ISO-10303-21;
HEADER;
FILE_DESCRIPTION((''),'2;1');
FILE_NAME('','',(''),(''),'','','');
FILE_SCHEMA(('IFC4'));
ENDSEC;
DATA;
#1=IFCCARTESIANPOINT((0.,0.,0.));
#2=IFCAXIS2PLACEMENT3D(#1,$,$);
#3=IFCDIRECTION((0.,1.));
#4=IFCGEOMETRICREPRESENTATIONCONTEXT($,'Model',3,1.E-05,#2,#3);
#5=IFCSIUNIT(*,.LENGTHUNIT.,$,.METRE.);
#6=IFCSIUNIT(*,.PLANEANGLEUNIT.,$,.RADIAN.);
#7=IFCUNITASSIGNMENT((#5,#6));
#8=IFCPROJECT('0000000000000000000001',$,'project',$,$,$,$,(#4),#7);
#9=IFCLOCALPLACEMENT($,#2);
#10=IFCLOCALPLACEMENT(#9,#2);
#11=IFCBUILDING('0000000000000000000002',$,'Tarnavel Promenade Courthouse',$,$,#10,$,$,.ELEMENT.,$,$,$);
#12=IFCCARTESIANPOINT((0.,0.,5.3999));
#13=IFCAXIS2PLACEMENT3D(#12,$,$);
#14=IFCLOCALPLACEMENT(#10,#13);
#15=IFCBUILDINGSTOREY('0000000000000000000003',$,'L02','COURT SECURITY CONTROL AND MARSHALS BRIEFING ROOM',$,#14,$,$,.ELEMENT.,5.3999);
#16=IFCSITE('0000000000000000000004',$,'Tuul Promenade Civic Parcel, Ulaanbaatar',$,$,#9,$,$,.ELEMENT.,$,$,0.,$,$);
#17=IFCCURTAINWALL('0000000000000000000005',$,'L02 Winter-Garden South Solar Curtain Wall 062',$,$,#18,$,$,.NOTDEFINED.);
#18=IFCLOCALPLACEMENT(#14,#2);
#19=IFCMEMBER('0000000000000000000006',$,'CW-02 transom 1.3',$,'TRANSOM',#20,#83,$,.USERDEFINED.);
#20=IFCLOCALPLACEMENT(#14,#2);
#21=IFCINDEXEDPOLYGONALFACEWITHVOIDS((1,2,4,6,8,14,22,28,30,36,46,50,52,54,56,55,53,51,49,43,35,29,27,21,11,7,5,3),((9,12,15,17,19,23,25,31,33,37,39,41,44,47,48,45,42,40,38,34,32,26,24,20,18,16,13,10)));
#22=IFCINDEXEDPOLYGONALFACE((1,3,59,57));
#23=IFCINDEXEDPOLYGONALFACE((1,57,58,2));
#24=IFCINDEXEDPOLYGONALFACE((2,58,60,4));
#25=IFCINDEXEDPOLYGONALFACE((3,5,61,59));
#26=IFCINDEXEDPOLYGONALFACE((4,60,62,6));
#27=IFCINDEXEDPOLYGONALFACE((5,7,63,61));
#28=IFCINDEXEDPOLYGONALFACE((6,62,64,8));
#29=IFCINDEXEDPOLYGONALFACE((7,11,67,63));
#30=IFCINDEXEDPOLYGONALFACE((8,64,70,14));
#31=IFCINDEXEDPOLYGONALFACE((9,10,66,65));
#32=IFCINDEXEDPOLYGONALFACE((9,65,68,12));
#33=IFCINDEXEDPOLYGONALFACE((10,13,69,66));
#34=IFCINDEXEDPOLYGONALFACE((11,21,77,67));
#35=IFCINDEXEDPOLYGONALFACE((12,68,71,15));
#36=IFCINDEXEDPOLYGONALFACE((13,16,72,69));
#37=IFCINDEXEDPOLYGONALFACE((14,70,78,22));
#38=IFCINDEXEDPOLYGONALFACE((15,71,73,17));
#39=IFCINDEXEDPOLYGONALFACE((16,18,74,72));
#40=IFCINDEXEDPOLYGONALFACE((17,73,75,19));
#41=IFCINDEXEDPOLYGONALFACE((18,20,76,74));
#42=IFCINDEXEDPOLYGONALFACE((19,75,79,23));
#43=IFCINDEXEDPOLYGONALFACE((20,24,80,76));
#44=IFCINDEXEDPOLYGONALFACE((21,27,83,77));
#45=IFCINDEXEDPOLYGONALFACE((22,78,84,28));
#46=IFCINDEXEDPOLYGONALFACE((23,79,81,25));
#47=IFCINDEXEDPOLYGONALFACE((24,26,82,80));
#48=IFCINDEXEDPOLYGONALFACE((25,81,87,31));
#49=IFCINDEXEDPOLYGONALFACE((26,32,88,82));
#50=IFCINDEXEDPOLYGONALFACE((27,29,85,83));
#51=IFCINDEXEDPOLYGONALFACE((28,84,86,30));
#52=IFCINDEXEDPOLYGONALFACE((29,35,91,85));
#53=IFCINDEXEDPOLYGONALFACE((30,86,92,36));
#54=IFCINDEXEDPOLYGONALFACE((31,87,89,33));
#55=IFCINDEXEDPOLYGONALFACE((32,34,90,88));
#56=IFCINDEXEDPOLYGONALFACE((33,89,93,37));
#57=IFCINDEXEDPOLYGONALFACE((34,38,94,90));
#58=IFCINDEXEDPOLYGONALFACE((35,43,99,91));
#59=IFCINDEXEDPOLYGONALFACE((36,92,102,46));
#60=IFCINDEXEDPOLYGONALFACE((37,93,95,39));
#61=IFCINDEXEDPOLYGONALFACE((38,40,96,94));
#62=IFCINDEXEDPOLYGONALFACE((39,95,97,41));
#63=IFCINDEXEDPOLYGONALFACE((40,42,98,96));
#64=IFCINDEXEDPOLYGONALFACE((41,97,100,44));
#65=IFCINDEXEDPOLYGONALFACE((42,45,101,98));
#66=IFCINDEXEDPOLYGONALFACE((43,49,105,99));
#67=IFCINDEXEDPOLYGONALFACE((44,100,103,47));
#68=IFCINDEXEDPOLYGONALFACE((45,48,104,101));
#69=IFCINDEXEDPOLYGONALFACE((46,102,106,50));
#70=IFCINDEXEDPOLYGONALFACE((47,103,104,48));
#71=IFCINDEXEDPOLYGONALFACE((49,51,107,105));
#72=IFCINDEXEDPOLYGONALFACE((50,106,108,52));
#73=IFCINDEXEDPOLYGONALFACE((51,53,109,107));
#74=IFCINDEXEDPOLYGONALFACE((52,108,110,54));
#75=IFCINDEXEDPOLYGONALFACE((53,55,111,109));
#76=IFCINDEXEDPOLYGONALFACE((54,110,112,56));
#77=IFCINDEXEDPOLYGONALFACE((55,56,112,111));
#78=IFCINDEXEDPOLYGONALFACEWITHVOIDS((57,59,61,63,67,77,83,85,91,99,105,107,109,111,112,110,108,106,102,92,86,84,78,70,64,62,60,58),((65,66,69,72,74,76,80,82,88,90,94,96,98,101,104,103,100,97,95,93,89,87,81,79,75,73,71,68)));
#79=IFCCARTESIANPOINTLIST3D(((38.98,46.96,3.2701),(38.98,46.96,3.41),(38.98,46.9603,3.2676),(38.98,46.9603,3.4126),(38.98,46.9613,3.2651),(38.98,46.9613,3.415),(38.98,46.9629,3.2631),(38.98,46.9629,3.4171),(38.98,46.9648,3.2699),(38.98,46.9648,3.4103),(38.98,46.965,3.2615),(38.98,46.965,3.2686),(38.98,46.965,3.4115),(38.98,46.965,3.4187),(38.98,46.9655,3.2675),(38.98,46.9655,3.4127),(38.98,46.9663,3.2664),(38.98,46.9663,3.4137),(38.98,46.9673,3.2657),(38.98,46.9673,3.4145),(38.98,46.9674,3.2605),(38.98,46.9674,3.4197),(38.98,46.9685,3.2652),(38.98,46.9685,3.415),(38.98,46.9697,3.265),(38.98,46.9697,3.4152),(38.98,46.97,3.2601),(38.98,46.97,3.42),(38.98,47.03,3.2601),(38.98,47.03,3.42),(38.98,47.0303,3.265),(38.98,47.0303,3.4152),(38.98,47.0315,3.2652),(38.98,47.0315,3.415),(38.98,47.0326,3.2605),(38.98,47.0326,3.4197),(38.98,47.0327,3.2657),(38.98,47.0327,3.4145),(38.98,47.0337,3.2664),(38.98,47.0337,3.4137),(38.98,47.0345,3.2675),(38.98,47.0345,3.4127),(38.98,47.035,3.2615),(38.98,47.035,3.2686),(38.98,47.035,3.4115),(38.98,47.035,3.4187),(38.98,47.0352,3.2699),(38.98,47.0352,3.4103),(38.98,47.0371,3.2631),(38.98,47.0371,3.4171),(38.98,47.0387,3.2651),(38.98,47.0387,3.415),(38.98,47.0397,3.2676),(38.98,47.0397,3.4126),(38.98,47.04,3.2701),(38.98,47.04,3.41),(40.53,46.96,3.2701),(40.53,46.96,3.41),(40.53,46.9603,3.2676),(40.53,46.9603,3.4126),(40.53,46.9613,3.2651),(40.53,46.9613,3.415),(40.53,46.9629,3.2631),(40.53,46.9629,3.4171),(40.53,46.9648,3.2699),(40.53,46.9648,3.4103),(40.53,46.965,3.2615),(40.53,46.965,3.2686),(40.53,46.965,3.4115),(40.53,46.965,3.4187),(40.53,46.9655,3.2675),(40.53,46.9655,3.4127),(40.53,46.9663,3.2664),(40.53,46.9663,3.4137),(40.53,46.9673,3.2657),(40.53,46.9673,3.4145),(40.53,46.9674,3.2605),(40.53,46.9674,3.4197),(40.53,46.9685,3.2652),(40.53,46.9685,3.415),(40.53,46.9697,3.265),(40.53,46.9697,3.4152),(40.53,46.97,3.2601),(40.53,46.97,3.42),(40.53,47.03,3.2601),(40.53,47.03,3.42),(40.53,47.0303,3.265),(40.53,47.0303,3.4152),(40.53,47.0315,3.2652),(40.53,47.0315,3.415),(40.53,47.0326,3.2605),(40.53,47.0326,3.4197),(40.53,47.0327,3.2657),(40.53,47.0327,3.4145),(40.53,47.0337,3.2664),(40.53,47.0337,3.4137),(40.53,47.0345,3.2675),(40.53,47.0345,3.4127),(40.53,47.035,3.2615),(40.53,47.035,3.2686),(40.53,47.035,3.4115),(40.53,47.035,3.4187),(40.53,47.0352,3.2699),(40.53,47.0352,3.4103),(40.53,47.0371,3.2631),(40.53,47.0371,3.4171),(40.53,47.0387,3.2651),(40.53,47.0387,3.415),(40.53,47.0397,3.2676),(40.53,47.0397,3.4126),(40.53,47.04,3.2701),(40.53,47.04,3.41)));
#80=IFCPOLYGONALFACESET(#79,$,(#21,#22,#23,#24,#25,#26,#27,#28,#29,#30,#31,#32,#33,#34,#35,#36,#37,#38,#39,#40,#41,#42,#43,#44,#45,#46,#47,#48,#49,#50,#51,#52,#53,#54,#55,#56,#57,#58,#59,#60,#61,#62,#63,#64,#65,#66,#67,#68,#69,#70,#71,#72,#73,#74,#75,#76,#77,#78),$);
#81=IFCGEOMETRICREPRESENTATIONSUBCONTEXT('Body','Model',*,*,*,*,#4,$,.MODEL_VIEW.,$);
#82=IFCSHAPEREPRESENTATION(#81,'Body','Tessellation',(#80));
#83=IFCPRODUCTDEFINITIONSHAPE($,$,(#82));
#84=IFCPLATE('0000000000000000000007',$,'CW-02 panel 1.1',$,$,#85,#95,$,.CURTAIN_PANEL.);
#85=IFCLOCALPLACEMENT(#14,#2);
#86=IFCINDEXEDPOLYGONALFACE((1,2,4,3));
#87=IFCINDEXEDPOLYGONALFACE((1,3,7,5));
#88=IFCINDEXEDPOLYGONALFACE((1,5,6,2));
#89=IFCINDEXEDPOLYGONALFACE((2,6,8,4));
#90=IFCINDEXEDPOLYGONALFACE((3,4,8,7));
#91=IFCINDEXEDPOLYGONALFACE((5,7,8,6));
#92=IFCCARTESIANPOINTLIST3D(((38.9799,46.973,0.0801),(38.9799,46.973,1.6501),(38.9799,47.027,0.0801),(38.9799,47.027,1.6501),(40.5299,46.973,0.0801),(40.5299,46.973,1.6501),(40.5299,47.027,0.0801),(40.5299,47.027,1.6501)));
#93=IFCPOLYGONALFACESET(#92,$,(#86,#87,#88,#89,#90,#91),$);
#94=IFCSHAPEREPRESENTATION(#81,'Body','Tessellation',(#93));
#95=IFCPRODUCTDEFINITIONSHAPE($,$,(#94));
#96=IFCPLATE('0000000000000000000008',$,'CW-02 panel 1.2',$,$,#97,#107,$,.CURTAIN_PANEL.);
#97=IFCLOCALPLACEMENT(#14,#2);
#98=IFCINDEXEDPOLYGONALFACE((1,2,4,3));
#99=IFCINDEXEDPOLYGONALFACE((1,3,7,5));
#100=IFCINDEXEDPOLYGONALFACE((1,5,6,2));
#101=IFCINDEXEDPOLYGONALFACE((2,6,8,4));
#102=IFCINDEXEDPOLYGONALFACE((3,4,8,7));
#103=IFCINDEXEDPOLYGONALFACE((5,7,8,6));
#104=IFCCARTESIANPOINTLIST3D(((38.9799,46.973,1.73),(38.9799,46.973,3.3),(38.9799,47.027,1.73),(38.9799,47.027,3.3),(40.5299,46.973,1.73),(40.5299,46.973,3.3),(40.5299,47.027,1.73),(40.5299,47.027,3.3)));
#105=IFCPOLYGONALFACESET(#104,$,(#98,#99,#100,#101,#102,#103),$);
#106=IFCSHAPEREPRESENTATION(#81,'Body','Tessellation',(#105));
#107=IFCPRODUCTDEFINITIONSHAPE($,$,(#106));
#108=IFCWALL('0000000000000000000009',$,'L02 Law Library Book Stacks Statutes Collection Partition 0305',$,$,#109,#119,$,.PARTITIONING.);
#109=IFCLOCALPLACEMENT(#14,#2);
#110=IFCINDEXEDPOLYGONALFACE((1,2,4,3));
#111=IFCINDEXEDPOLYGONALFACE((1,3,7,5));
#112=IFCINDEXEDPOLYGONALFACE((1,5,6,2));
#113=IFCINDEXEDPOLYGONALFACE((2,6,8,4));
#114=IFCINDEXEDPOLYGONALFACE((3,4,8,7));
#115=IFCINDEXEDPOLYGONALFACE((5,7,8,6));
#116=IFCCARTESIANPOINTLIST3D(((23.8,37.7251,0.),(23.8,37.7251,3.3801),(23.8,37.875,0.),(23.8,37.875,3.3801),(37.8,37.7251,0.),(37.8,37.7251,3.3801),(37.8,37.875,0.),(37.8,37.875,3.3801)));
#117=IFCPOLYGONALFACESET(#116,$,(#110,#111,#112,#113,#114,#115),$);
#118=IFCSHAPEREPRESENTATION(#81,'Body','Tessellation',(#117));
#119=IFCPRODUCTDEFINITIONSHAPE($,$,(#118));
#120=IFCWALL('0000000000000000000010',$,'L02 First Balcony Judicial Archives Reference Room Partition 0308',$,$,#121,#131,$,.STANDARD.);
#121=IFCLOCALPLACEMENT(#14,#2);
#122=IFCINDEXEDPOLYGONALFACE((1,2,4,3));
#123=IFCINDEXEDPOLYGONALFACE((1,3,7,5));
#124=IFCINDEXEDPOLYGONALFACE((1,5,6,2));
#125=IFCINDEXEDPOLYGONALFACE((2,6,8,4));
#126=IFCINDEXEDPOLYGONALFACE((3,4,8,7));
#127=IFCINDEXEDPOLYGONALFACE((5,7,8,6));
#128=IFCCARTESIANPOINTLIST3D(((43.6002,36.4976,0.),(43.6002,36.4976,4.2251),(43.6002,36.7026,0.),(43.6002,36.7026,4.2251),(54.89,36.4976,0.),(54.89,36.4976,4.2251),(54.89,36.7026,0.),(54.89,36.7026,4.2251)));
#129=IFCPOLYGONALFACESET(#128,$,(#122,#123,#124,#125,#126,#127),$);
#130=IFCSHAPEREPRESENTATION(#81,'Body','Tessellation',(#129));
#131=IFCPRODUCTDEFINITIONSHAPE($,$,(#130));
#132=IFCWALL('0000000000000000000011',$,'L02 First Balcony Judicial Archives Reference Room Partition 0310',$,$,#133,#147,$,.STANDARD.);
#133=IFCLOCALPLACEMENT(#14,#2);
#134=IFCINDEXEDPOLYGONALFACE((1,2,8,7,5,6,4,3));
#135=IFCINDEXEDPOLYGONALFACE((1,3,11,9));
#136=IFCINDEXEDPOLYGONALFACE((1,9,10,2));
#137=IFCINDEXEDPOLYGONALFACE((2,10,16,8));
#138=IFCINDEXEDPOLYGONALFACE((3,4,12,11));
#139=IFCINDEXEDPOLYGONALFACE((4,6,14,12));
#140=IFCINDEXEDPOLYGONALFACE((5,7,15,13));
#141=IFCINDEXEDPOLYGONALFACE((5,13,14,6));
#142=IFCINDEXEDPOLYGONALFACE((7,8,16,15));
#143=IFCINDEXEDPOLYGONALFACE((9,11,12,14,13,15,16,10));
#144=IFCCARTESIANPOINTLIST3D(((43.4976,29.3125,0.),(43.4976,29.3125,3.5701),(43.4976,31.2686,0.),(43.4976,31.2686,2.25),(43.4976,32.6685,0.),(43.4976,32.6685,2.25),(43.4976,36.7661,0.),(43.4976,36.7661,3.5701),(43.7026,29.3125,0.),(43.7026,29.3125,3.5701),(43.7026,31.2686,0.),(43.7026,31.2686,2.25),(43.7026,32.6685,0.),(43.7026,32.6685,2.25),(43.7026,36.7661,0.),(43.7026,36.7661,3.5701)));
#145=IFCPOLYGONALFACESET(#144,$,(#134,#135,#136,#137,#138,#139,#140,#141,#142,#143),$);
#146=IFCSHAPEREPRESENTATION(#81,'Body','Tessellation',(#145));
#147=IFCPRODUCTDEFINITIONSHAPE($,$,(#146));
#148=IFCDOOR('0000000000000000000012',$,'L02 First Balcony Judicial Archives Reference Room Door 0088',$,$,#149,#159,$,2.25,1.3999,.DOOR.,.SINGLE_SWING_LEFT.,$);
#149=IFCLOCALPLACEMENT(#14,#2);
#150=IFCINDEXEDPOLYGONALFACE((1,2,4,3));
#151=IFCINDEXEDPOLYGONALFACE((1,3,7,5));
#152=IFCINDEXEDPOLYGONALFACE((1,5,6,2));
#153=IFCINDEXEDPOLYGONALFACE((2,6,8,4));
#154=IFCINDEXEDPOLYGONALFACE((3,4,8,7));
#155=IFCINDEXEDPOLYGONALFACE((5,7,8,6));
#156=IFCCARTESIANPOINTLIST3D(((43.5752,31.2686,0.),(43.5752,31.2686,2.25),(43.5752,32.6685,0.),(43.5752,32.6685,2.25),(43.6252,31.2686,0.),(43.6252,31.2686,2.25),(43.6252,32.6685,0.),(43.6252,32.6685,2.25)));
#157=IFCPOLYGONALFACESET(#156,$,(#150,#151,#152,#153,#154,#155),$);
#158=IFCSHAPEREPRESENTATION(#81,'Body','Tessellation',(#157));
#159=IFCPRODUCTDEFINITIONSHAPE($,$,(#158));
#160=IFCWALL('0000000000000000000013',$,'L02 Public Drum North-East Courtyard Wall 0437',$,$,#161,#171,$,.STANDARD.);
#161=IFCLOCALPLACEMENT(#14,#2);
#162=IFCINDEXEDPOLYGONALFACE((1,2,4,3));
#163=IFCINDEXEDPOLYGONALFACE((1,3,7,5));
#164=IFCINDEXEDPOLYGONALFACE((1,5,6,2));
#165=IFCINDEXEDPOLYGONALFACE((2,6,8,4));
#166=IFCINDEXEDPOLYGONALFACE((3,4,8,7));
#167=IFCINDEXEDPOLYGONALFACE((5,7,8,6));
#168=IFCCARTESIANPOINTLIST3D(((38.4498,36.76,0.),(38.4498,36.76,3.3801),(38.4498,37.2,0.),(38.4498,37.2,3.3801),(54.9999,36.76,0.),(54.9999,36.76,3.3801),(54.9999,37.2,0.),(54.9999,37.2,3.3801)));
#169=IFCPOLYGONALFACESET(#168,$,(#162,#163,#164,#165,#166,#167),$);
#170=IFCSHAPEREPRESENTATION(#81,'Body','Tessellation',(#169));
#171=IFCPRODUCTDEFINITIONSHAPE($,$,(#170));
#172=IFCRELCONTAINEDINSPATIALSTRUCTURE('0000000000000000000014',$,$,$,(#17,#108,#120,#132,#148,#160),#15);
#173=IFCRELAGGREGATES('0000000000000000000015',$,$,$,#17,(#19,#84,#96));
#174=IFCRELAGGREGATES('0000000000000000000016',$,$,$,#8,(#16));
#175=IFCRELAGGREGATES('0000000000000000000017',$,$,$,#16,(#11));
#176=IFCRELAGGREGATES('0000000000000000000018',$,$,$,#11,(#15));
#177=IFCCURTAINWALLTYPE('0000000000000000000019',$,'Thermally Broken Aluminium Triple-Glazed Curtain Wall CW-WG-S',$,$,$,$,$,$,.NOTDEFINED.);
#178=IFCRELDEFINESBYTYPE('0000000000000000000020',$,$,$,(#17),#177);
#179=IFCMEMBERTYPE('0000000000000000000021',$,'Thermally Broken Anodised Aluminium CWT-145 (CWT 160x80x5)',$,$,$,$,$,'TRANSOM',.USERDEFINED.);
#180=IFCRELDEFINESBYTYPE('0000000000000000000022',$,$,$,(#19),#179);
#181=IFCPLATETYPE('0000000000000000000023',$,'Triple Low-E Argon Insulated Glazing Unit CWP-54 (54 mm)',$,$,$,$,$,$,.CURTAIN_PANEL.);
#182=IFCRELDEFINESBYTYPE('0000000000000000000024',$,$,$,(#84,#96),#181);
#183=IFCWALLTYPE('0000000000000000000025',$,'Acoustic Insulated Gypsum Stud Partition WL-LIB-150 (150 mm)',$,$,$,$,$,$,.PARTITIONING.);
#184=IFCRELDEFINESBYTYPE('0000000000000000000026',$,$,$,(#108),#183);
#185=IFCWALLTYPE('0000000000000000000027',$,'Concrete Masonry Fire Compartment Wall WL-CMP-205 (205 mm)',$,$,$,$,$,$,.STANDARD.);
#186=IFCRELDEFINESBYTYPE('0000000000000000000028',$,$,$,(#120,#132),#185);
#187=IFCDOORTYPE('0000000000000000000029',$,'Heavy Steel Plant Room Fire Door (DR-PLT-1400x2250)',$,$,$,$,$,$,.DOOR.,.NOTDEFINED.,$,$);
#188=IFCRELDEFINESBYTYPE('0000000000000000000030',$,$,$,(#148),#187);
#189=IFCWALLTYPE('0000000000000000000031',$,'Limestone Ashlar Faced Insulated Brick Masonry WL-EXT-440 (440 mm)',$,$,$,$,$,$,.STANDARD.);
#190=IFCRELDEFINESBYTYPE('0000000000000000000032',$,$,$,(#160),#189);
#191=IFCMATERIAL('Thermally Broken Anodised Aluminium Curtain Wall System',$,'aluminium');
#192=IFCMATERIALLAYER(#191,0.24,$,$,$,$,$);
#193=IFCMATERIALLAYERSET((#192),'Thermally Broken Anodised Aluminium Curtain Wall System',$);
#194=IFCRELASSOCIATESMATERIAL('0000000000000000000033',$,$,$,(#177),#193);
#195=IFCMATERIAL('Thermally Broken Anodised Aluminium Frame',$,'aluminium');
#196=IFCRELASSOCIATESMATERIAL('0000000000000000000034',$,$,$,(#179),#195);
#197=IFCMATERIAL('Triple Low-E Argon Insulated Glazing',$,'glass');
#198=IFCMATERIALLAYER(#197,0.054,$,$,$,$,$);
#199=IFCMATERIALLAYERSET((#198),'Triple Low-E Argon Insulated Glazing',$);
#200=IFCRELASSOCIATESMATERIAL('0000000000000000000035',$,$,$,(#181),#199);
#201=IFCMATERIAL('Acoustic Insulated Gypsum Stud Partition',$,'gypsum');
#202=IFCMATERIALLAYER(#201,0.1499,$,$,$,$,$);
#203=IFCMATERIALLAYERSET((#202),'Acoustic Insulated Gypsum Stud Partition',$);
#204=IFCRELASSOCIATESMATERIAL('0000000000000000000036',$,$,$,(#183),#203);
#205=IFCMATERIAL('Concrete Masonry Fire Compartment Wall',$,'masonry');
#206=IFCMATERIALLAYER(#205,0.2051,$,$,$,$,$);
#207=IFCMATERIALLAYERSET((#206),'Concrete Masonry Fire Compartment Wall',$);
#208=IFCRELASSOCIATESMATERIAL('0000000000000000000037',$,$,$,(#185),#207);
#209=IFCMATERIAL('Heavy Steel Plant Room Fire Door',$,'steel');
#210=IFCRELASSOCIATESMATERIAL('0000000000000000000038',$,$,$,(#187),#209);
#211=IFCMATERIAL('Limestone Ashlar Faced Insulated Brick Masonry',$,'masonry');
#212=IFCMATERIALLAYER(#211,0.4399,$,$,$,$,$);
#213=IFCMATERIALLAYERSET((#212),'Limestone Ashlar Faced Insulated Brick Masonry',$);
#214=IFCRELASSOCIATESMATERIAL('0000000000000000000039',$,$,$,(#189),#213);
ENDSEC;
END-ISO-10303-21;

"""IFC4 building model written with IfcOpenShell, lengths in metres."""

from ifc_helpers import new_model, si_unit, direction, frame, frame_2d, origin, origin_2d, place, context, subcontext, project, spatial, rectangle, hollow_rectangle, extrude, material, layer, layer_set, material_profile, profile_set, type_object, element, fill, aggregate, save


model = new_model("IFC4")

# Units and contexts
model_context = context("Model", 3, precision=1e-05, world=origin(), true_north=direction((0.0, 1.0)))
body_context = subcontext(model_context, "Body", "Model", "MODEL_VIEW")
ifc_project = project(units=[si_unit("LENGTHUNIT", "METRE"), si_unit("PLANEANGLEUNIT", "RADIAN")], contexts=[model_context])

# Site, building, storey
site_placement = place(None, origin())
site = spatial("IfcSite", under=ifc_project, at=site_placement, Name="Tuul Promenade Civic Parcel, Ulaanbaatar", CompositionType="ELEMENT", RefElevation=0.0)
building_placement = place(site_placement, origin())
building = spatial("IfcBuilding", under=site, at=building_placement, Name="Tarnavel Promenade Courthouse", CompositionType="ELEMENT")
storey_placement = place(building_placement, frame((0.0, 0.0, 5.3999)))
storey = spatial("IfcBuildingStorey", under=building, at=storey_placement, Name="L02", Description="COURT SECURITY CONTROL AND MARSHALS BRIEFING ROOM", CompositionType="ELEMENT", Elevation=5.3999)

# Curtain wall, member, plates
ifc_material_1 = material(Name="Thermally Broken Anodised Aluminium Curtain Wall System", Category="aluminium")
ifc_layer_1 = layer(ifc_material_1, 0.24)
ifc_layer_set_1 = layer_set([ifc_layer_1], Name="Thermally Broken Anodised Aluminium Curtain Wall System")
curtain_wall_type = type_object("IfcCurtainWallType", Name="Thermally Broken Aluminium Triple-Glazed Curtain Wall CW-WG-S", PredefinedType="NOTDEFINED", material=ifc_layer_set_1)
curtain_wall_placement = place(storey_placement, origin())
curtain_wall = element("IfcCurtainWall", 1, at=curtain_wall_placement, inside=storey, type_object=curtain_wall_type, Name="L02 Winter-Garden South Solar Curtain Wall 062", PredefinedType="NOTDEFINED")
ifc_material_2 = material(Name="Thermally Broken Anodised Aluminium Frame", Category="aluminium")
ifc_material_profile_1 = material_profile(ifc_material_2, hollow_rectangle(XDim=0.0801, YDim=0.1599, WallThickness=0.0049, InnerFilletRadius=0.0049, OuterFilletRadius=0.01, at=origin_2d()), Name="CWT 160x80x5")
ifc_profile_set_1 = profile_set([ifc_material_profile_1], Name="Thermally Broken Anodised Aluminium Frame")
member_type_1 = type_object("IfcMemberType", Name="Thermally Broken Anodised Aluminium CWT-145 (CWT 160x80x5)", ElementType="TRANSOM", PredefinedType="USERDEFINED", material=ifc_profile_set_1)
member_1_placement = place(storey_placement, frame((38.98, 47.0, 3.3401), z_axis=(1.0, 0.0, 0.0), x_axis=(0.0, 1.0, 0.0)))
member_1 = element("IfcMember", 2, at=member_1_placement, type_object=member_type_1, Name="CW-02 transom 1.3", ObjectType="TRANSOM", PredefinedType="USERDEFINED", context=body_context, shape_type="SweptSolid", body=[
    extrude(hollow_rectangle(XDim=0.0801, YDim=0.1599, WallThickness=0.0049, InnerFilletRadius=0.0049, OuterFilletRadius=0.01, at=origin_2d()), origin(), (0.0, 0.0, 1.0), 1.55),
])
ifc_material_3 = material(Name="Triple Low-E Argon Insulated Glazing", Category="glass")
ifc_layer_2 = layer(ifc_material_3, 0.054)
ifc_layer_set_2 = layer_set([ifc_layer_2], Name="Triple Low-E Argon Insulated Glazing")
plate_type = type_object("IfcPlateType", Name="Triple Low-E Argon Insulated Glazing Unit CWP-54 (54 mm)", PredefinedType="CURTAIN_PANEL", material=ifc_layer_set_2)
plate_1_placement = place(storey_placement, frame((39.7549, 47.0, 0.0801), z_axis=(0.0, 0.0, 1.0), x_axis=(1.0, 0.0, 0.0)))
plate_1 = element("IfcPlate", 3, at=plate_1_placement, type_object=plate_type, Name="CW-02 panel 1.1", PredefinedType="CURTAIN_PANEL", context=body_context, shape_type="SweptSolid", body=[
    extrude(rectangle(XDim=1.55, YDim=0.054, at=origin_2d()), origin(), (0.0, 0.0, 1.0), 1.5701),
])
plate_2_placement = place(storey_placement, frame((39.7549, 47.0, 1.73), z_axis=(0.0, 0.0, 1.0), x_axis=(1.0, 0.0, 0.0)))
plate_2 = element("IfcPlate", 4, at=plate_2_placement, type_object=plate_type, Name="CW-02 panel 1.2", PredefinedType="CURTAIN_PANEL", context=body_context, shape_type="SweptSolid", body=[
    extrude(rectangle(XDim=1.55, YDim=0.054, at=origin_2d()), origin(), (0.0, 0.0, 1.0), 1.5701),
])
aggregate(curtain_wall, [member_1, plate_1, plate_2])

# Walls
ifc_material_4 = material(Name="Acoustic Insulated Gypsum Stud Partition", Category="gypsum")
ifc_layer_3 = layer(ifc_material_4, 0.1499)
ifc_layer_set_3 = layer_set([ifc_layer_3], Name="Acoustic Insulated Gypsum Stud Partition")
wall_type_1 = type_object("IfcWallType", Name="Acoustic Insulated Gypsum Stud Partition WL-LIB-150 (150 mm)", PredefinedType="PARTITIONING", material=ifc_layer_set_3)
wall_1_placement = place(storey_placement, frame((37.8, 37.8, 0.0), z_axis=(0.0, 0.0, 1.0), x_axis=(-1.0, 0.0, 0.0)))
element("IfcWall", 5, at=wall_1_placement, inside=storey, type_object=wall_type_1, Name="L02 Law Library Book Stacks Statutes Collection Partition 0305", PredefinedType="PARTITIONING", context=body_context, shape_type="SweptSolid", body=[
    extrude(rectangle(XDim=14.0, YDim=0.1499, at=frame_2d((7.0, 0.0))), origin(), (0.0, 0.0, 1.0), 3.3801),
])
ifc_material_5 = material(Name="Concrete Masonry Fire Compartment Wall", Category="masonry")
ifc_layer_4 = layer(ifc_material_5, 0.2051)
ifc_layer_set_4 = layer_set([ifc_layer_4], Name="Concrete Masonry Fire Compartment Wall")
wall_type_2 = type_object("IfcWallType", Name="Concrete Masonry Fire Compartment Wall WL-CMP-205 (205 mm)", PredefinedType="STANDARD", material=ifc_layer_set_4)
wall_2_placement = place(storey_placement, frame((43.6001, 36.6001, 0.0), z_axis=(0.0, 0.0, 1.0), x_axis=(1.0, 0.0, 0.0)))
element("IfcWall", 6, at=wall_2_placement, inside=storey, type_object=wall_type_2, Name="L02 First Balcony Judicial Archives Reference Room Partition 0308", PredefinedType="STANDARD", context=body_context, shape_type="SweptSolid", body=[
    extrude(rectangle(XDim=11.2898, YDim=0.2051, at=frame_2d((5.645, 0.0))), origin(), (0.0, 0.0, 1.0), 4.2251),
])

# Wall, opening, door
wall_3_placement = place(storey_placement, frame((43.6001, 29.3125, 0.0), z_axis=(0.0, 0.0, 1.0), x_axis=(0.0, 1.0, 0.0)))
wall_3 = element("IfcWall", 7, at=wall_3_placement, inside=storey, type_object=wall_type_2, Name="L02 First Balcony Judicial Archives Reference Room Partition 0310", PredefinedType="STANDARD", context=body_context, shape_type="SweptSolid", body=[
    extrude(rectangle(XDim=7.4536, YDim=0.2051, at=frame_2d((3.7268, 0.0))), origin(), (0.0, 0.0, 1.0), 3.5701),
])
opening_placement = place(wall_3_placement, frame((1.9561, 0.0, 0.0)))
opening = element("IfcOpeningElement", 8, at=opening_placement, cuts=wall_3, PredefinedType="OPENING", context=body_context, shape_type="SweptSolid", body=[
    extrude(rectangle(XDim=1.3999, YDim=2.25, at=frame_2d((0.7, 1.125))), frame((0.0, 0.1125, 0.0), z_axis=(0.0, -1.0, 0.0), x_axis=(1.0, 0.0, 0.0)), (0.0, 0.0, 1.0), 0.2251),
])
ifc_material_6 = material(Name="Heavy Steel Plant Room Fire Door", Category="steel")
door_type = type_object("IfcDoorType", Name="Heavy Steel Plant Room Fire Door (DR-PLT-1400x2250)", OperationType="NOTDEFINED", PredefinedType="DOOR", material=ifc_material_6)
door_placement = place(opening_placement, origin())
door = element("IfcDoor", 9, at=door_placement, inside=storey, type_object=door_type, Name="L02 First Balcony Judicial Archives Reference Room Door 0088", OperationType="SINGLE_SWING_LEFT", OverallHeight=2.25, OverallWidth=1.3999, PredefinedType="DOOR", context=body_context, shape_type="SweptSolid", body=[
    extrude(rectangle(XDim=1.3999, YDim=2.25, at=frame_2d((0.7, 1.125))), frame((0.0, 0.0249, 0.0), z_axis=(0.0, -1.0, 0.0), x_axis=(1.0, 0.0, 0.0)), (0.0, 0.0, 1.0), 0.05),
])
fill(opening, door)

# Wall
ifc_material_7 = material(Name="Limestone Ashlar Faced Insulated Brick Masonry", Category="masonry")
ifc_layer_5 = layer(ifc_material_7, 0.4399)
ifc_layer_set_5 = layer_set([ifc_layer_5], Name="Limestone Ashlar Faced Insulated Brick Masonry")
wall_type_3 = type_object("IfcWallType", Name="Limestone Ashlar Faced Insulated Brick Masonry WL-EXT-440 (440 mm)", PredefinedType="STANDARD", material=ifc_layer_set_5)
wall_4_placement = place(storey_placement, frame((38.45, 36.98, 0.0), z_axis=(0.0, 0.0, 1.0), x_axis=(1.0, 0.0, 0.0)))
element("IfcWall", 10, at=wall_4_placement, inside=storey, type_object=wall_type_3, Name="L02 Public Drum North-East Courtyard Wall 0437", PredefinedType="STANDARD", context=body_context, shape_type="SweptSolid", body=[
    extrude(rectangle(XDim=16.55, YDim=0.4399, at=frame_2d((8.2749, 0.0))), origin(), (0.0, 0.0, 1.0), 3.3801),
])

save(model, "model.ifc")
